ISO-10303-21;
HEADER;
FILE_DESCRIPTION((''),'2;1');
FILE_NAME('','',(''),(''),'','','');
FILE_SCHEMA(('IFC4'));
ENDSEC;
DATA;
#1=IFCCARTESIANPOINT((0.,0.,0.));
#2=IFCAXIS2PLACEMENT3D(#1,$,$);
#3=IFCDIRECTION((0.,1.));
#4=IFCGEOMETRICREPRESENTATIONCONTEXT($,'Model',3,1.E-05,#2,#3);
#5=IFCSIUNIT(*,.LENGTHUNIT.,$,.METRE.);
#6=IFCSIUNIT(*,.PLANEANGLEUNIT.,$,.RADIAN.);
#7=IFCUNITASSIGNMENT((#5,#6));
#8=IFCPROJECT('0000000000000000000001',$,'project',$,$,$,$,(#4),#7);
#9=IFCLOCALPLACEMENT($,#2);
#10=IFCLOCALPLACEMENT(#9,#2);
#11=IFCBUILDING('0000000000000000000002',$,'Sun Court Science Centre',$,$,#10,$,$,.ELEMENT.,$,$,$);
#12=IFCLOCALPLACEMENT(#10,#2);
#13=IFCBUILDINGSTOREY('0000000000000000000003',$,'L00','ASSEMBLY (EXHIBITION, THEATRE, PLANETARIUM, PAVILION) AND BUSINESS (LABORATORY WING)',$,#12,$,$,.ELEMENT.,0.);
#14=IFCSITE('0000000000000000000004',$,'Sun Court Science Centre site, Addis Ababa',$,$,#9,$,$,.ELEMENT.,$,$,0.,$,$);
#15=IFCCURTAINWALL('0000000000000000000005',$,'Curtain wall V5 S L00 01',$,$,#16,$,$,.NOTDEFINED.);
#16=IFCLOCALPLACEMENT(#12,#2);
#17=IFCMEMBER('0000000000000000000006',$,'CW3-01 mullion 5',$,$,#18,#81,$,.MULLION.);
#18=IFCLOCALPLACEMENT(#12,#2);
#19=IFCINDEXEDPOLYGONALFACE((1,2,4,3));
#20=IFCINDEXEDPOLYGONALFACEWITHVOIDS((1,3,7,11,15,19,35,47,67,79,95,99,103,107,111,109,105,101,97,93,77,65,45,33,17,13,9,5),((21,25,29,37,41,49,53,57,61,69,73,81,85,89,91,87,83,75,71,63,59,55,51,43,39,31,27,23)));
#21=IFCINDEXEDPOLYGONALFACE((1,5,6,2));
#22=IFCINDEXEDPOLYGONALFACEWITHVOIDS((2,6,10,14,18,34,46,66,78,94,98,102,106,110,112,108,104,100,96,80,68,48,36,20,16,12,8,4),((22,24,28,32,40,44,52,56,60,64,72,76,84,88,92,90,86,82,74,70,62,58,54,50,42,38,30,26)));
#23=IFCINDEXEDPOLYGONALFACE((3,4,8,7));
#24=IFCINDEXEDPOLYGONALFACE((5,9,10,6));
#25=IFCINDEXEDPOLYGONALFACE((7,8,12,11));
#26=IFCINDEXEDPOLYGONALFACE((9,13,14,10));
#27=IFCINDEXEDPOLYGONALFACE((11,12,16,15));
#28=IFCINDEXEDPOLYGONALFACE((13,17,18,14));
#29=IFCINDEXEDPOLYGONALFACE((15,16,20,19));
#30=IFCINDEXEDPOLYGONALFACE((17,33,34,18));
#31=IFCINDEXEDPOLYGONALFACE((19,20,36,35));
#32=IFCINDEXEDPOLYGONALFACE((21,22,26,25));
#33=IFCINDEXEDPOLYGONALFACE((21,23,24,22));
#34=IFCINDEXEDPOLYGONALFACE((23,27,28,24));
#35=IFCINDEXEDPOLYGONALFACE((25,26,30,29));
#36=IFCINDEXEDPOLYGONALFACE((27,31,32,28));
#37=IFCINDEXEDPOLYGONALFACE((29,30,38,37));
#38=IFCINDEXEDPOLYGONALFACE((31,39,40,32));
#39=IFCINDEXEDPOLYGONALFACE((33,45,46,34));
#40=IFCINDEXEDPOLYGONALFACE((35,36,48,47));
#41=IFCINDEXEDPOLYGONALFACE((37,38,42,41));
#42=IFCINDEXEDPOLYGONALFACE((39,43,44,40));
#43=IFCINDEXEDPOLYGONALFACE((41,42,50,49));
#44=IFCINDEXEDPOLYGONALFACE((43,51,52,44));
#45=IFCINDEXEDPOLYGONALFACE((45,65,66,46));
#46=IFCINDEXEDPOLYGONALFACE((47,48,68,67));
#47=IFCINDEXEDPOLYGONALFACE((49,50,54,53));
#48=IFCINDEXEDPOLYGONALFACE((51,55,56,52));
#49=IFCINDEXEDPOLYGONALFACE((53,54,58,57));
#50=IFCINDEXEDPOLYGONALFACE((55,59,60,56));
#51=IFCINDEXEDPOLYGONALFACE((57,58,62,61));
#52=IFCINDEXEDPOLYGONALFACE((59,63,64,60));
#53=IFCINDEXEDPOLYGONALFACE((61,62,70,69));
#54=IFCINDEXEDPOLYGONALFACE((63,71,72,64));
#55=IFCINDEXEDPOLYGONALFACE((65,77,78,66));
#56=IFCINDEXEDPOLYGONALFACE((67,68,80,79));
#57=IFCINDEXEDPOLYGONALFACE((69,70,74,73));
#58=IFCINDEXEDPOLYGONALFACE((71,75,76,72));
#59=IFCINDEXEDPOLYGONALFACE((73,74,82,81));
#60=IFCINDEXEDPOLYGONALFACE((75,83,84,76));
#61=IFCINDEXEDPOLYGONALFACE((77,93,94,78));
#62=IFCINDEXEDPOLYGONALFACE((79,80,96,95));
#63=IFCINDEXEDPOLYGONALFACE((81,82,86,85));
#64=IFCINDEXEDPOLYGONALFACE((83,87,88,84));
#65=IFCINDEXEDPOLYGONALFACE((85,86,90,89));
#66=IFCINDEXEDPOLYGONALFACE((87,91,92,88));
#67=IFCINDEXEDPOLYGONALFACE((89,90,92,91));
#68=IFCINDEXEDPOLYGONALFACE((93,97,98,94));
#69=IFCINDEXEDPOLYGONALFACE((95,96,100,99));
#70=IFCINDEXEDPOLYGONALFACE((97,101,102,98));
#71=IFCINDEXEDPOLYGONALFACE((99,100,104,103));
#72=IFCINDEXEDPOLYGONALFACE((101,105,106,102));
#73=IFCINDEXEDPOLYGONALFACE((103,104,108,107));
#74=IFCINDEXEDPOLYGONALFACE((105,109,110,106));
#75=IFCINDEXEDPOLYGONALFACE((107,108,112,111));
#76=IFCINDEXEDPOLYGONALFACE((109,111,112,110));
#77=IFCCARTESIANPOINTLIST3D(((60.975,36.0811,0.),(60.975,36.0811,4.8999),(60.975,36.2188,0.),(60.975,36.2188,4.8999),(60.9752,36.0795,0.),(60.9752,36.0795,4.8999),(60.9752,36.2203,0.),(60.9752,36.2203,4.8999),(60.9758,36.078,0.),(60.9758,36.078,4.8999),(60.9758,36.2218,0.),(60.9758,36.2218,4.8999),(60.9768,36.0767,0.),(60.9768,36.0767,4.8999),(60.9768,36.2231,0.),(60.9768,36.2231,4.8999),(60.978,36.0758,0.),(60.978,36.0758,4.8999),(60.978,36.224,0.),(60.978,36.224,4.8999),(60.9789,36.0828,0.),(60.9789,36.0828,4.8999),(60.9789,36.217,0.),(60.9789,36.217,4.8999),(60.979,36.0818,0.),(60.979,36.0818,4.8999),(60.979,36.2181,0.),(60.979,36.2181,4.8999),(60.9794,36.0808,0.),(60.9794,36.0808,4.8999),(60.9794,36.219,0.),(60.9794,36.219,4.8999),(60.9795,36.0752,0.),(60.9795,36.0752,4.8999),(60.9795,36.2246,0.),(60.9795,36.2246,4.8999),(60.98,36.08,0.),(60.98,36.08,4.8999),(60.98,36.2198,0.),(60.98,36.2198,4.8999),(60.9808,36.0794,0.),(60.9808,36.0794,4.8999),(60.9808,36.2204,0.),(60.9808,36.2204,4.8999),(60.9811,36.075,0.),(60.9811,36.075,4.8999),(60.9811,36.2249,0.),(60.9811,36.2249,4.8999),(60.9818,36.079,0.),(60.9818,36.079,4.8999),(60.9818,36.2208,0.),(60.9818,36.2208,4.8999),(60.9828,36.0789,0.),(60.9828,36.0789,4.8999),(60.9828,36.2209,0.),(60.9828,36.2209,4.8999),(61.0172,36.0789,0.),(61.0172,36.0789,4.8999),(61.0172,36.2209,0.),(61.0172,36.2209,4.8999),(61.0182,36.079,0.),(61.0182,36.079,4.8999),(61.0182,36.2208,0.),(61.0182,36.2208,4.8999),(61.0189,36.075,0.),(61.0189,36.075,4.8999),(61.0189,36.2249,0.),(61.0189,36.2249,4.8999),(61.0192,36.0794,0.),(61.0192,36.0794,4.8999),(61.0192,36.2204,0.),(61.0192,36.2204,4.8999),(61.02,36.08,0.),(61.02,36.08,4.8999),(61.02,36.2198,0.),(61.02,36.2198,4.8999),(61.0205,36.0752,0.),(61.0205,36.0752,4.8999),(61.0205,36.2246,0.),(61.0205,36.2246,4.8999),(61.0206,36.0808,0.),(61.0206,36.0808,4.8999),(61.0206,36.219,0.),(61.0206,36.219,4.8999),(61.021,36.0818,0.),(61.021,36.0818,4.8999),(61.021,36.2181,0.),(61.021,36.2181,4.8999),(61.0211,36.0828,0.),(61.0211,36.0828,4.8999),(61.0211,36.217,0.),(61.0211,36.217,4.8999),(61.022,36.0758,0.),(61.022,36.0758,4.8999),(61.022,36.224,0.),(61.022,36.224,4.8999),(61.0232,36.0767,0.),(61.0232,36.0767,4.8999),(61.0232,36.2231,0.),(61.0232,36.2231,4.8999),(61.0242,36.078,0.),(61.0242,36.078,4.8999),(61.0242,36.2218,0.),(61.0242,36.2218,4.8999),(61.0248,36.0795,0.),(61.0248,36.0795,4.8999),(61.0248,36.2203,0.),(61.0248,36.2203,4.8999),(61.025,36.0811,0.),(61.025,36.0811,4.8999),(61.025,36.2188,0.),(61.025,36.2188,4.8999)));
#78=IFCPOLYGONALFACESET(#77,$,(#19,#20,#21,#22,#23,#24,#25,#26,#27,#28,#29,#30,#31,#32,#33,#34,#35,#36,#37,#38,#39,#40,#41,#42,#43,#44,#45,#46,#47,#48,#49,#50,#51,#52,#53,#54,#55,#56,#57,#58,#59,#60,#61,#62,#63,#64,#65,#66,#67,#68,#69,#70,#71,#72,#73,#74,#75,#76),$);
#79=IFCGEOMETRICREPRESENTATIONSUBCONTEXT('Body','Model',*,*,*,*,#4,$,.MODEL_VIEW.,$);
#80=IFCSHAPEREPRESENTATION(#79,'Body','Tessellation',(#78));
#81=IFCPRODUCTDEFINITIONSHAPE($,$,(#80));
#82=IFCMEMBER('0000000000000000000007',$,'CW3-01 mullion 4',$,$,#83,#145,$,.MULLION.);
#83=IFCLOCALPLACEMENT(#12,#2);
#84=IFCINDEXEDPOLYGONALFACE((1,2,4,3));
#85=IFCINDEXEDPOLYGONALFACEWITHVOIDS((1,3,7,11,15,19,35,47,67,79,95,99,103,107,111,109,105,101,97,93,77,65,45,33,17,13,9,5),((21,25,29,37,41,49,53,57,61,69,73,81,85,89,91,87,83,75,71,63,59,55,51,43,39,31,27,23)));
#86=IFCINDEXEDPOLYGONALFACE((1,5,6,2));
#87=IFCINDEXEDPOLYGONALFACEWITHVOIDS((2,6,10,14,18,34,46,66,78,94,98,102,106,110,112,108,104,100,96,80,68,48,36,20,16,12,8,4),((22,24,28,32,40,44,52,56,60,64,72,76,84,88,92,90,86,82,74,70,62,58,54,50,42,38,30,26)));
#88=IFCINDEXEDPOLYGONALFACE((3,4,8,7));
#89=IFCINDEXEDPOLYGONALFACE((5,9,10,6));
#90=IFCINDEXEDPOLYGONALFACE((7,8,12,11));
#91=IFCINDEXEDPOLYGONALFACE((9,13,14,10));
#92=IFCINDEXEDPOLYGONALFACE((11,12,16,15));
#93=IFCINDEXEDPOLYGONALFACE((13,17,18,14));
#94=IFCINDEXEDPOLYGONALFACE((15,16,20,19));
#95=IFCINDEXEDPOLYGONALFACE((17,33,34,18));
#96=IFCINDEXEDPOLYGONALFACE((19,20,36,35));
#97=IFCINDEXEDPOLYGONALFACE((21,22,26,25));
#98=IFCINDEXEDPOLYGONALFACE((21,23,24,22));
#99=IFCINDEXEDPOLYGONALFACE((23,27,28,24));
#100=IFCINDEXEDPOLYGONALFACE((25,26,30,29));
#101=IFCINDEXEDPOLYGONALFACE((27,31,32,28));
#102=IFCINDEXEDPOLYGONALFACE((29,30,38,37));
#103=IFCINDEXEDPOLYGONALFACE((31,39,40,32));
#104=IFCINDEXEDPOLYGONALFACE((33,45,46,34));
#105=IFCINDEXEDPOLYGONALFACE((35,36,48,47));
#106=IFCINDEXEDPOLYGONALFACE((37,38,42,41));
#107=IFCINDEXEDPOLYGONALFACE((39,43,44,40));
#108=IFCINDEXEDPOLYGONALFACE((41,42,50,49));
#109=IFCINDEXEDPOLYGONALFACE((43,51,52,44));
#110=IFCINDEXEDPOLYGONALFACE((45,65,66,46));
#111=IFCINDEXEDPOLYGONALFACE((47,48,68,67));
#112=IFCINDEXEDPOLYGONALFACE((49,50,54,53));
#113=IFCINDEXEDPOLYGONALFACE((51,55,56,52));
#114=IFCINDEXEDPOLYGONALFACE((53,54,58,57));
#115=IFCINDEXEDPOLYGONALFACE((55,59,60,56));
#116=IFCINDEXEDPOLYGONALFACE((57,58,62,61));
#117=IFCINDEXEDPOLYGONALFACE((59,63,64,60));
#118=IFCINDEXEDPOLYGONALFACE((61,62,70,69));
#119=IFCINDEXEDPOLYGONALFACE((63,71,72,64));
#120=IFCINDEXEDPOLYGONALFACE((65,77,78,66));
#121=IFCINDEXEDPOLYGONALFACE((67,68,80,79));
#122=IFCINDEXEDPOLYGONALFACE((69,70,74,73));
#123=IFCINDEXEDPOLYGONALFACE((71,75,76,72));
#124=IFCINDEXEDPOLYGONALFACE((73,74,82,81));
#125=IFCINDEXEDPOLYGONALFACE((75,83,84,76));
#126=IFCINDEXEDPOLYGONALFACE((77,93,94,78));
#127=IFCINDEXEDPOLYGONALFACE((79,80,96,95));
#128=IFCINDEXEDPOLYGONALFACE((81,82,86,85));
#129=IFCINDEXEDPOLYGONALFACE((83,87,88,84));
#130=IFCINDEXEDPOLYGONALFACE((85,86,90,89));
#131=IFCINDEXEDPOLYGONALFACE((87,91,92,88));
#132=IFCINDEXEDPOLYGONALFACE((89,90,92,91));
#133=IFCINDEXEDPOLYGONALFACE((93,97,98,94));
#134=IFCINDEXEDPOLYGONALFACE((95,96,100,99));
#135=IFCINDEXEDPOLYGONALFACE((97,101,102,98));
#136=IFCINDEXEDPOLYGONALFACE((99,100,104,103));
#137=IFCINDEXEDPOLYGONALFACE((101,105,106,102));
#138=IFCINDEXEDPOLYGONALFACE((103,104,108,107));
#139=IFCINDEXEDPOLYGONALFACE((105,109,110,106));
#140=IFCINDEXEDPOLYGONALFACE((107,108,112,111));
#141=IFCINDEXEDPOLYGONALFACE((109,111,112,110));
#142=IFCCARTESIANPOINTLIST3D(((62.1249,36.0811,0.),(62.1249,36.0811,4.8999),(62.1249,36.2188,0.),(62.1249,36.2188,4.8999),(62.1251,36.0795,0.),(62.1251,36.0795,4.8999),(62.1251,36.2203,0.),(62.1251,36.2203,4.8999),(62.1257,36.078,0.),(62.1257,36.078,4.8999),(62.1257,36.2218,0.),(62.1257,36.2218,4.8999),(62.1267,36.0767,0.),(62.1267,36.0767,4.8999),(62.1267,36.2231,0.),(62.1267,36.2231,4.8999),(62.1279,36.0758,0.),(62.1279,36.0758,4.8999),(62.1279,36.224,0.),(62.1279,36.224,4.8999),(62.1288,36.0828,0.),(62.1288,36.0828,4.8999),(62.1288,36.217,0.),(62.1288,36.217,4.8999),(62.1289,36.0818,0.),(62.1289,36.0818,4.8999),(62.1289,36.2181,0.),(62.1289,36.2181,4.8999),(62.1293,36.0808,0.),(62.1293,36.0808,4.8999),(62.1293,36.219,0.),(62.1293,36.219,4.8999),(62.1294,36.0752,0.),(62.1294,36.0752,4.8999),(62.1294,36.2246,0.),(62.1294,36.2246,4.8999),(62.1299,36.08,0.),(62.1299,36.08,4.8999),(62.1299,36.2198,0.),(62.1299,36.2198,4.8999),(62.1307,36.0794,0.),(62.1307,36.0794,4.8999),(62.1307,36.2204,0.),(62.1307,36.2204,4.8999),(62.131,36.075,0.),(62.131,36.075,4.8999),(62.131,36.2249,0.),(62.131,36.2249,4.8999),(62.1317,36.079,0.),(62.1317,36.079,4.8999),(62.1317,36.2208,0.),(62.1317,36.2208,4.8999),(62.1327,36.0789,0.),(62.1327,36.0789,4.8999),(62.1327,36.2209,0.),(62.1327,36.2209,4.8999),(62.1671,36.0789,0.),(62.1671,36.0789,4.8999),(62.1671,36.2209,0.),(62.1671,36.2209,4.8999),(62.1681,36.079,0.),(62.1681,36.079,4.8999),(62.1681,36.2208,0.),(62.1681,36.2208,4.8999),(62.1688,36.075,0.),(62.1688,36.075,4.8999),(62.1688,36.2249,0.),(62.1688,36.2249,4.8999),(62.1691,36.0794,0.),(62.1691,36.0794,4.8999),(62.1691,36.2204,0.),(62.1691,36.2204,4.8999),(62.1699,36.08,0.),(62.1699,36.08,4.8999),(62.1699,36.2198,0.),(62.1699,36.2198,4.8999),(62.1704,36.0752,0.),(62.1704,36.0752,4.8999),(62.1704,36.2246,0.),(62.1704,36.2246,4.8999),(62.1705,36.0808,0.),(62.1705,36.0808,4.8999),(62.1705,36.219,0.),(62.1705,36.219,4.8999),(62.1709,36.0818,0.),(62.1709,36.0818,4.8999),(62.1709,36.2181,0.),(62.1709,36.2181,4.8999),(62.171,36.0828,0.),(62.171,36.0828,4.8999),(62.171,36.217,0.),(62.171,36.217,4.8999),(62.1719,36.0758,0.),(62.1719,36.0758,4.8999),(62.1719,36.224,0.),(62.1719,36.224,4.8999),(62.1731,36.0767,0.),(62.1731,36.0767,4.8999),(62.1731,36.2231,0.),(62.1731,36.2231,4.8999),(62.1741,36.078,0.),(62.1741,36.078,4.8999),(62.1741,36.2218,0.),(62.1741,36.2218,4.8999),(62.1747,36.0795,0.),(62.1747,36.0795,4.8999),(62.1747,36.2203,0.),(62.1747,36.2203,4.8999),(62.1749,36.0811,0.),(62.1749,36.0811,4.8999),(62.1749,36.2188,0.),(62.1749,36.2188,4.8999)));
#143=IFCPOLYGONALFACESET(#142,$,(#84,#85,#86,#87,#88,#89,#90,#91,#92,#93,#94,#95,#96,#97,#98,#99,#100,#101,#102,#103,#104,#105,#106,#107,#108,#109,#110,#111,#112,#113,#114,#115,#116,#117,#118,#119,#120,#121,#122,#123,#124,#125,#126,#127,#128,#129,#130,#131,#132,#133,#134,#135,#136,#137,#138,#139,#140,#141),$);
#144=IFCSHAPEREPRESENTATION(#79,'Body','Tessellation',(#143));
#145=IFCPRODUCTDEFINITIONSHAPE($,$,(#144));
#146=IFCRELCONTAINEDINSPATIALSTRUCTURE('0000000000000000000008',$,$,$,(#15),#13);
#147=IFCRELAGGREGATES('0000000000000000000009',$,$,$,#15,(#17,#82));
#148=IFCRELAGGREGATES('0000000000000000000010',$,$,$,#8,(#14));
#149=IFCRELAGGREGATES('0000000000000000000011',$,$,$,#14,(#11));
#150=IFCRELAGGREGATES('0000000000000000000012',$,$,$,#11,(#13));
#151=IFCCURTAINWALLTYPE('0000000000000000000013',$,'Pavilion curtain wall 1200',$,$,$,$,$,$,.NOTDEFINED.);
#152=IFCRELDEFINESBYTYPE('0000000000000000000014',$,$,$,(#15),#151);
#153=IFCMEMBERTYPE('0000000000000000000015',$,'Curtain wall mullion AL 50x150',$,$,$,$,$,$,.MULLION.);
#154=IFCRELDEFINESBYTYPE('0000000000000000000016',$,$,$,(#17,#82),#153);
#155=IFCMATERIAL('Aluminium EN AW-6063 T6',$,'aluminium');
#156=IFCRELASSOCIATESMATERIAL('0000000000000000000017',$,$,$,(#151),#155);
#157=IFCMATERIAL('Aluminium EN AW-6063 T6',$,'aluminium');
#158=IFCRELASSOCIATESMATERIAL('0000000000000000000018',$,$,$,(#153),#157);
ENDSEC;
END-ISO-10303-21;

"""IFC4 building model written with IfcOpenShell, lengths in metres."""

from ifc_helpers import new_model, si_unit, direction, frame, origin, origin_2d, place, context, subcontext, project, spatial, hollow_rectangle, extrude, material, material_profile, profile_set, type_object, element, aggregate, save


model = new_model("IFC4")

# Units and contexts
model_context = context("Model", 3, precision=1e-05, world=origin(), true_north=direction((0.0, 1.0)))
body_context = subcontext(model_context, "Body", "Model", "MODEL_VIEW")
ifc_project = project(units=[si_unit("LENGTHUNIT", "METRE"), si_unit("PLANEANGLEUNIT", "RADIAN")], contexts=[model_context])

# Site, building, storey
site_placement = place(None, origin())
site = spatial("IfcSite", under=ifc_project, at=site_placement, Name="Sun Court Science Centre site, Addis Ababa", CompositionType="ELEMENT", RefElevation=0.0)
building_placement = place(site_placement, origin())
building = spatial("IfcBuilding", under=site, at=building_placement, Name="Sun Court Science Centre", CompositionType="ELEMENT")
storey_placement = place(building_placement, origin())
storey = spatial("IfcBuildingStorey", under=building, at=storey_placement, Name="L00", Description="ASSEMBLY (EXHIBITION, THEATRE, PLANETARIUM, PAVILION) AND BUSINESS (LABORATORY WING)", CompositionType="ELEMENT", Elevation=0.0)

# Curtain wall, members
ifc_material_1 = material(Name="Aluminium EN AW-6063 T6", Category="aluminium")
curtain_wall_type = type_object("IfcCurtainWallType", Name="Pavilion curtain wall 1200", PredefinedType="NOTDEFINED", material=ifc_material_1)
curtain_wall_placement = place(storey_placement, origin())
curtain_wall = element("IfcCurtainWall", 1, at=curtain_wall_placement, inside=storey, type_object=curtain_wall_type, Name="Curtain wall V5 S L00 01", PredefinedType="NOTDEFINED")
ifc_material_2 = material(Name="Aluminium EN AW-6063 T6", Category="aluminium")
ifc_material_profile_1 = material_profile(ifc_material_2, hollow_rectangle(XDim=0.05, YDim=0.1499, WallThickness=0.0039, InnerFilletRadius=0.0039, OuterFilletRadius=0.0061, at=origin_2d()), Name="AL 50x150x4")
ifc_profile_set_1 = profile_set([ifc_material_profile_1], Name="Aluminium EN AW-6063 T6")
member_type_1 = type_object("IfcMemberType", Name="Curtain wall mullion AL 50x150", PredefinedType="MULLION", material=ifc_profile_set_1)
member_1_placement = place(storey_placement, frame((61.0, 36.1499, 0.0), z_axis=(0.0, 0.0, 1.0), x_axis=(-1.0, 0.0, 0.0)))
member_1 = element("IfcMember", 2, at=member_1_placement, type_object=member_type_1, Name="CW3-01 mullion 5", PredefinedType="MULLION", context=body_context, shape_type="SweptSolid", body=[
    extrude(hollow_rectangle(XDim=0.05, YDim=0.1499, WallThickness=0.0039, InnerFilletRadius=0.0039, OuterFilletRadius=0.0061, at=origin_2d()), origin(), (0.0, 0.0, 1.0), 4.8999),
])
member_2_placement = place(storey_placement, frame((62.1499, 36.1499, 0.0), z_axis=(0.0, 0.0, 1.0), x_axis=(-1.0, 0.0, 0.0)))
member_2 = element("IfcMember", 3, at=member_2_placement, type_object=member_type_1, Name="CW3-01 mullion 4", PredefinedType="MULLION", context=body_context, shape_type="SweptSolid", body=[
    extrude(hollow_rectangle(XDim=0.05, YDim=0.1499, WallThickness=0.0039, InnerFilletRadius=0.0039, OuterFilletRadius=0.0061, at=origin_2d()), origin(), (0.0, 0.0, 1.0), 4.8999),
])
aggregate(curtain_wall, [member_1, member_2])

save(model, "model.ifc")
